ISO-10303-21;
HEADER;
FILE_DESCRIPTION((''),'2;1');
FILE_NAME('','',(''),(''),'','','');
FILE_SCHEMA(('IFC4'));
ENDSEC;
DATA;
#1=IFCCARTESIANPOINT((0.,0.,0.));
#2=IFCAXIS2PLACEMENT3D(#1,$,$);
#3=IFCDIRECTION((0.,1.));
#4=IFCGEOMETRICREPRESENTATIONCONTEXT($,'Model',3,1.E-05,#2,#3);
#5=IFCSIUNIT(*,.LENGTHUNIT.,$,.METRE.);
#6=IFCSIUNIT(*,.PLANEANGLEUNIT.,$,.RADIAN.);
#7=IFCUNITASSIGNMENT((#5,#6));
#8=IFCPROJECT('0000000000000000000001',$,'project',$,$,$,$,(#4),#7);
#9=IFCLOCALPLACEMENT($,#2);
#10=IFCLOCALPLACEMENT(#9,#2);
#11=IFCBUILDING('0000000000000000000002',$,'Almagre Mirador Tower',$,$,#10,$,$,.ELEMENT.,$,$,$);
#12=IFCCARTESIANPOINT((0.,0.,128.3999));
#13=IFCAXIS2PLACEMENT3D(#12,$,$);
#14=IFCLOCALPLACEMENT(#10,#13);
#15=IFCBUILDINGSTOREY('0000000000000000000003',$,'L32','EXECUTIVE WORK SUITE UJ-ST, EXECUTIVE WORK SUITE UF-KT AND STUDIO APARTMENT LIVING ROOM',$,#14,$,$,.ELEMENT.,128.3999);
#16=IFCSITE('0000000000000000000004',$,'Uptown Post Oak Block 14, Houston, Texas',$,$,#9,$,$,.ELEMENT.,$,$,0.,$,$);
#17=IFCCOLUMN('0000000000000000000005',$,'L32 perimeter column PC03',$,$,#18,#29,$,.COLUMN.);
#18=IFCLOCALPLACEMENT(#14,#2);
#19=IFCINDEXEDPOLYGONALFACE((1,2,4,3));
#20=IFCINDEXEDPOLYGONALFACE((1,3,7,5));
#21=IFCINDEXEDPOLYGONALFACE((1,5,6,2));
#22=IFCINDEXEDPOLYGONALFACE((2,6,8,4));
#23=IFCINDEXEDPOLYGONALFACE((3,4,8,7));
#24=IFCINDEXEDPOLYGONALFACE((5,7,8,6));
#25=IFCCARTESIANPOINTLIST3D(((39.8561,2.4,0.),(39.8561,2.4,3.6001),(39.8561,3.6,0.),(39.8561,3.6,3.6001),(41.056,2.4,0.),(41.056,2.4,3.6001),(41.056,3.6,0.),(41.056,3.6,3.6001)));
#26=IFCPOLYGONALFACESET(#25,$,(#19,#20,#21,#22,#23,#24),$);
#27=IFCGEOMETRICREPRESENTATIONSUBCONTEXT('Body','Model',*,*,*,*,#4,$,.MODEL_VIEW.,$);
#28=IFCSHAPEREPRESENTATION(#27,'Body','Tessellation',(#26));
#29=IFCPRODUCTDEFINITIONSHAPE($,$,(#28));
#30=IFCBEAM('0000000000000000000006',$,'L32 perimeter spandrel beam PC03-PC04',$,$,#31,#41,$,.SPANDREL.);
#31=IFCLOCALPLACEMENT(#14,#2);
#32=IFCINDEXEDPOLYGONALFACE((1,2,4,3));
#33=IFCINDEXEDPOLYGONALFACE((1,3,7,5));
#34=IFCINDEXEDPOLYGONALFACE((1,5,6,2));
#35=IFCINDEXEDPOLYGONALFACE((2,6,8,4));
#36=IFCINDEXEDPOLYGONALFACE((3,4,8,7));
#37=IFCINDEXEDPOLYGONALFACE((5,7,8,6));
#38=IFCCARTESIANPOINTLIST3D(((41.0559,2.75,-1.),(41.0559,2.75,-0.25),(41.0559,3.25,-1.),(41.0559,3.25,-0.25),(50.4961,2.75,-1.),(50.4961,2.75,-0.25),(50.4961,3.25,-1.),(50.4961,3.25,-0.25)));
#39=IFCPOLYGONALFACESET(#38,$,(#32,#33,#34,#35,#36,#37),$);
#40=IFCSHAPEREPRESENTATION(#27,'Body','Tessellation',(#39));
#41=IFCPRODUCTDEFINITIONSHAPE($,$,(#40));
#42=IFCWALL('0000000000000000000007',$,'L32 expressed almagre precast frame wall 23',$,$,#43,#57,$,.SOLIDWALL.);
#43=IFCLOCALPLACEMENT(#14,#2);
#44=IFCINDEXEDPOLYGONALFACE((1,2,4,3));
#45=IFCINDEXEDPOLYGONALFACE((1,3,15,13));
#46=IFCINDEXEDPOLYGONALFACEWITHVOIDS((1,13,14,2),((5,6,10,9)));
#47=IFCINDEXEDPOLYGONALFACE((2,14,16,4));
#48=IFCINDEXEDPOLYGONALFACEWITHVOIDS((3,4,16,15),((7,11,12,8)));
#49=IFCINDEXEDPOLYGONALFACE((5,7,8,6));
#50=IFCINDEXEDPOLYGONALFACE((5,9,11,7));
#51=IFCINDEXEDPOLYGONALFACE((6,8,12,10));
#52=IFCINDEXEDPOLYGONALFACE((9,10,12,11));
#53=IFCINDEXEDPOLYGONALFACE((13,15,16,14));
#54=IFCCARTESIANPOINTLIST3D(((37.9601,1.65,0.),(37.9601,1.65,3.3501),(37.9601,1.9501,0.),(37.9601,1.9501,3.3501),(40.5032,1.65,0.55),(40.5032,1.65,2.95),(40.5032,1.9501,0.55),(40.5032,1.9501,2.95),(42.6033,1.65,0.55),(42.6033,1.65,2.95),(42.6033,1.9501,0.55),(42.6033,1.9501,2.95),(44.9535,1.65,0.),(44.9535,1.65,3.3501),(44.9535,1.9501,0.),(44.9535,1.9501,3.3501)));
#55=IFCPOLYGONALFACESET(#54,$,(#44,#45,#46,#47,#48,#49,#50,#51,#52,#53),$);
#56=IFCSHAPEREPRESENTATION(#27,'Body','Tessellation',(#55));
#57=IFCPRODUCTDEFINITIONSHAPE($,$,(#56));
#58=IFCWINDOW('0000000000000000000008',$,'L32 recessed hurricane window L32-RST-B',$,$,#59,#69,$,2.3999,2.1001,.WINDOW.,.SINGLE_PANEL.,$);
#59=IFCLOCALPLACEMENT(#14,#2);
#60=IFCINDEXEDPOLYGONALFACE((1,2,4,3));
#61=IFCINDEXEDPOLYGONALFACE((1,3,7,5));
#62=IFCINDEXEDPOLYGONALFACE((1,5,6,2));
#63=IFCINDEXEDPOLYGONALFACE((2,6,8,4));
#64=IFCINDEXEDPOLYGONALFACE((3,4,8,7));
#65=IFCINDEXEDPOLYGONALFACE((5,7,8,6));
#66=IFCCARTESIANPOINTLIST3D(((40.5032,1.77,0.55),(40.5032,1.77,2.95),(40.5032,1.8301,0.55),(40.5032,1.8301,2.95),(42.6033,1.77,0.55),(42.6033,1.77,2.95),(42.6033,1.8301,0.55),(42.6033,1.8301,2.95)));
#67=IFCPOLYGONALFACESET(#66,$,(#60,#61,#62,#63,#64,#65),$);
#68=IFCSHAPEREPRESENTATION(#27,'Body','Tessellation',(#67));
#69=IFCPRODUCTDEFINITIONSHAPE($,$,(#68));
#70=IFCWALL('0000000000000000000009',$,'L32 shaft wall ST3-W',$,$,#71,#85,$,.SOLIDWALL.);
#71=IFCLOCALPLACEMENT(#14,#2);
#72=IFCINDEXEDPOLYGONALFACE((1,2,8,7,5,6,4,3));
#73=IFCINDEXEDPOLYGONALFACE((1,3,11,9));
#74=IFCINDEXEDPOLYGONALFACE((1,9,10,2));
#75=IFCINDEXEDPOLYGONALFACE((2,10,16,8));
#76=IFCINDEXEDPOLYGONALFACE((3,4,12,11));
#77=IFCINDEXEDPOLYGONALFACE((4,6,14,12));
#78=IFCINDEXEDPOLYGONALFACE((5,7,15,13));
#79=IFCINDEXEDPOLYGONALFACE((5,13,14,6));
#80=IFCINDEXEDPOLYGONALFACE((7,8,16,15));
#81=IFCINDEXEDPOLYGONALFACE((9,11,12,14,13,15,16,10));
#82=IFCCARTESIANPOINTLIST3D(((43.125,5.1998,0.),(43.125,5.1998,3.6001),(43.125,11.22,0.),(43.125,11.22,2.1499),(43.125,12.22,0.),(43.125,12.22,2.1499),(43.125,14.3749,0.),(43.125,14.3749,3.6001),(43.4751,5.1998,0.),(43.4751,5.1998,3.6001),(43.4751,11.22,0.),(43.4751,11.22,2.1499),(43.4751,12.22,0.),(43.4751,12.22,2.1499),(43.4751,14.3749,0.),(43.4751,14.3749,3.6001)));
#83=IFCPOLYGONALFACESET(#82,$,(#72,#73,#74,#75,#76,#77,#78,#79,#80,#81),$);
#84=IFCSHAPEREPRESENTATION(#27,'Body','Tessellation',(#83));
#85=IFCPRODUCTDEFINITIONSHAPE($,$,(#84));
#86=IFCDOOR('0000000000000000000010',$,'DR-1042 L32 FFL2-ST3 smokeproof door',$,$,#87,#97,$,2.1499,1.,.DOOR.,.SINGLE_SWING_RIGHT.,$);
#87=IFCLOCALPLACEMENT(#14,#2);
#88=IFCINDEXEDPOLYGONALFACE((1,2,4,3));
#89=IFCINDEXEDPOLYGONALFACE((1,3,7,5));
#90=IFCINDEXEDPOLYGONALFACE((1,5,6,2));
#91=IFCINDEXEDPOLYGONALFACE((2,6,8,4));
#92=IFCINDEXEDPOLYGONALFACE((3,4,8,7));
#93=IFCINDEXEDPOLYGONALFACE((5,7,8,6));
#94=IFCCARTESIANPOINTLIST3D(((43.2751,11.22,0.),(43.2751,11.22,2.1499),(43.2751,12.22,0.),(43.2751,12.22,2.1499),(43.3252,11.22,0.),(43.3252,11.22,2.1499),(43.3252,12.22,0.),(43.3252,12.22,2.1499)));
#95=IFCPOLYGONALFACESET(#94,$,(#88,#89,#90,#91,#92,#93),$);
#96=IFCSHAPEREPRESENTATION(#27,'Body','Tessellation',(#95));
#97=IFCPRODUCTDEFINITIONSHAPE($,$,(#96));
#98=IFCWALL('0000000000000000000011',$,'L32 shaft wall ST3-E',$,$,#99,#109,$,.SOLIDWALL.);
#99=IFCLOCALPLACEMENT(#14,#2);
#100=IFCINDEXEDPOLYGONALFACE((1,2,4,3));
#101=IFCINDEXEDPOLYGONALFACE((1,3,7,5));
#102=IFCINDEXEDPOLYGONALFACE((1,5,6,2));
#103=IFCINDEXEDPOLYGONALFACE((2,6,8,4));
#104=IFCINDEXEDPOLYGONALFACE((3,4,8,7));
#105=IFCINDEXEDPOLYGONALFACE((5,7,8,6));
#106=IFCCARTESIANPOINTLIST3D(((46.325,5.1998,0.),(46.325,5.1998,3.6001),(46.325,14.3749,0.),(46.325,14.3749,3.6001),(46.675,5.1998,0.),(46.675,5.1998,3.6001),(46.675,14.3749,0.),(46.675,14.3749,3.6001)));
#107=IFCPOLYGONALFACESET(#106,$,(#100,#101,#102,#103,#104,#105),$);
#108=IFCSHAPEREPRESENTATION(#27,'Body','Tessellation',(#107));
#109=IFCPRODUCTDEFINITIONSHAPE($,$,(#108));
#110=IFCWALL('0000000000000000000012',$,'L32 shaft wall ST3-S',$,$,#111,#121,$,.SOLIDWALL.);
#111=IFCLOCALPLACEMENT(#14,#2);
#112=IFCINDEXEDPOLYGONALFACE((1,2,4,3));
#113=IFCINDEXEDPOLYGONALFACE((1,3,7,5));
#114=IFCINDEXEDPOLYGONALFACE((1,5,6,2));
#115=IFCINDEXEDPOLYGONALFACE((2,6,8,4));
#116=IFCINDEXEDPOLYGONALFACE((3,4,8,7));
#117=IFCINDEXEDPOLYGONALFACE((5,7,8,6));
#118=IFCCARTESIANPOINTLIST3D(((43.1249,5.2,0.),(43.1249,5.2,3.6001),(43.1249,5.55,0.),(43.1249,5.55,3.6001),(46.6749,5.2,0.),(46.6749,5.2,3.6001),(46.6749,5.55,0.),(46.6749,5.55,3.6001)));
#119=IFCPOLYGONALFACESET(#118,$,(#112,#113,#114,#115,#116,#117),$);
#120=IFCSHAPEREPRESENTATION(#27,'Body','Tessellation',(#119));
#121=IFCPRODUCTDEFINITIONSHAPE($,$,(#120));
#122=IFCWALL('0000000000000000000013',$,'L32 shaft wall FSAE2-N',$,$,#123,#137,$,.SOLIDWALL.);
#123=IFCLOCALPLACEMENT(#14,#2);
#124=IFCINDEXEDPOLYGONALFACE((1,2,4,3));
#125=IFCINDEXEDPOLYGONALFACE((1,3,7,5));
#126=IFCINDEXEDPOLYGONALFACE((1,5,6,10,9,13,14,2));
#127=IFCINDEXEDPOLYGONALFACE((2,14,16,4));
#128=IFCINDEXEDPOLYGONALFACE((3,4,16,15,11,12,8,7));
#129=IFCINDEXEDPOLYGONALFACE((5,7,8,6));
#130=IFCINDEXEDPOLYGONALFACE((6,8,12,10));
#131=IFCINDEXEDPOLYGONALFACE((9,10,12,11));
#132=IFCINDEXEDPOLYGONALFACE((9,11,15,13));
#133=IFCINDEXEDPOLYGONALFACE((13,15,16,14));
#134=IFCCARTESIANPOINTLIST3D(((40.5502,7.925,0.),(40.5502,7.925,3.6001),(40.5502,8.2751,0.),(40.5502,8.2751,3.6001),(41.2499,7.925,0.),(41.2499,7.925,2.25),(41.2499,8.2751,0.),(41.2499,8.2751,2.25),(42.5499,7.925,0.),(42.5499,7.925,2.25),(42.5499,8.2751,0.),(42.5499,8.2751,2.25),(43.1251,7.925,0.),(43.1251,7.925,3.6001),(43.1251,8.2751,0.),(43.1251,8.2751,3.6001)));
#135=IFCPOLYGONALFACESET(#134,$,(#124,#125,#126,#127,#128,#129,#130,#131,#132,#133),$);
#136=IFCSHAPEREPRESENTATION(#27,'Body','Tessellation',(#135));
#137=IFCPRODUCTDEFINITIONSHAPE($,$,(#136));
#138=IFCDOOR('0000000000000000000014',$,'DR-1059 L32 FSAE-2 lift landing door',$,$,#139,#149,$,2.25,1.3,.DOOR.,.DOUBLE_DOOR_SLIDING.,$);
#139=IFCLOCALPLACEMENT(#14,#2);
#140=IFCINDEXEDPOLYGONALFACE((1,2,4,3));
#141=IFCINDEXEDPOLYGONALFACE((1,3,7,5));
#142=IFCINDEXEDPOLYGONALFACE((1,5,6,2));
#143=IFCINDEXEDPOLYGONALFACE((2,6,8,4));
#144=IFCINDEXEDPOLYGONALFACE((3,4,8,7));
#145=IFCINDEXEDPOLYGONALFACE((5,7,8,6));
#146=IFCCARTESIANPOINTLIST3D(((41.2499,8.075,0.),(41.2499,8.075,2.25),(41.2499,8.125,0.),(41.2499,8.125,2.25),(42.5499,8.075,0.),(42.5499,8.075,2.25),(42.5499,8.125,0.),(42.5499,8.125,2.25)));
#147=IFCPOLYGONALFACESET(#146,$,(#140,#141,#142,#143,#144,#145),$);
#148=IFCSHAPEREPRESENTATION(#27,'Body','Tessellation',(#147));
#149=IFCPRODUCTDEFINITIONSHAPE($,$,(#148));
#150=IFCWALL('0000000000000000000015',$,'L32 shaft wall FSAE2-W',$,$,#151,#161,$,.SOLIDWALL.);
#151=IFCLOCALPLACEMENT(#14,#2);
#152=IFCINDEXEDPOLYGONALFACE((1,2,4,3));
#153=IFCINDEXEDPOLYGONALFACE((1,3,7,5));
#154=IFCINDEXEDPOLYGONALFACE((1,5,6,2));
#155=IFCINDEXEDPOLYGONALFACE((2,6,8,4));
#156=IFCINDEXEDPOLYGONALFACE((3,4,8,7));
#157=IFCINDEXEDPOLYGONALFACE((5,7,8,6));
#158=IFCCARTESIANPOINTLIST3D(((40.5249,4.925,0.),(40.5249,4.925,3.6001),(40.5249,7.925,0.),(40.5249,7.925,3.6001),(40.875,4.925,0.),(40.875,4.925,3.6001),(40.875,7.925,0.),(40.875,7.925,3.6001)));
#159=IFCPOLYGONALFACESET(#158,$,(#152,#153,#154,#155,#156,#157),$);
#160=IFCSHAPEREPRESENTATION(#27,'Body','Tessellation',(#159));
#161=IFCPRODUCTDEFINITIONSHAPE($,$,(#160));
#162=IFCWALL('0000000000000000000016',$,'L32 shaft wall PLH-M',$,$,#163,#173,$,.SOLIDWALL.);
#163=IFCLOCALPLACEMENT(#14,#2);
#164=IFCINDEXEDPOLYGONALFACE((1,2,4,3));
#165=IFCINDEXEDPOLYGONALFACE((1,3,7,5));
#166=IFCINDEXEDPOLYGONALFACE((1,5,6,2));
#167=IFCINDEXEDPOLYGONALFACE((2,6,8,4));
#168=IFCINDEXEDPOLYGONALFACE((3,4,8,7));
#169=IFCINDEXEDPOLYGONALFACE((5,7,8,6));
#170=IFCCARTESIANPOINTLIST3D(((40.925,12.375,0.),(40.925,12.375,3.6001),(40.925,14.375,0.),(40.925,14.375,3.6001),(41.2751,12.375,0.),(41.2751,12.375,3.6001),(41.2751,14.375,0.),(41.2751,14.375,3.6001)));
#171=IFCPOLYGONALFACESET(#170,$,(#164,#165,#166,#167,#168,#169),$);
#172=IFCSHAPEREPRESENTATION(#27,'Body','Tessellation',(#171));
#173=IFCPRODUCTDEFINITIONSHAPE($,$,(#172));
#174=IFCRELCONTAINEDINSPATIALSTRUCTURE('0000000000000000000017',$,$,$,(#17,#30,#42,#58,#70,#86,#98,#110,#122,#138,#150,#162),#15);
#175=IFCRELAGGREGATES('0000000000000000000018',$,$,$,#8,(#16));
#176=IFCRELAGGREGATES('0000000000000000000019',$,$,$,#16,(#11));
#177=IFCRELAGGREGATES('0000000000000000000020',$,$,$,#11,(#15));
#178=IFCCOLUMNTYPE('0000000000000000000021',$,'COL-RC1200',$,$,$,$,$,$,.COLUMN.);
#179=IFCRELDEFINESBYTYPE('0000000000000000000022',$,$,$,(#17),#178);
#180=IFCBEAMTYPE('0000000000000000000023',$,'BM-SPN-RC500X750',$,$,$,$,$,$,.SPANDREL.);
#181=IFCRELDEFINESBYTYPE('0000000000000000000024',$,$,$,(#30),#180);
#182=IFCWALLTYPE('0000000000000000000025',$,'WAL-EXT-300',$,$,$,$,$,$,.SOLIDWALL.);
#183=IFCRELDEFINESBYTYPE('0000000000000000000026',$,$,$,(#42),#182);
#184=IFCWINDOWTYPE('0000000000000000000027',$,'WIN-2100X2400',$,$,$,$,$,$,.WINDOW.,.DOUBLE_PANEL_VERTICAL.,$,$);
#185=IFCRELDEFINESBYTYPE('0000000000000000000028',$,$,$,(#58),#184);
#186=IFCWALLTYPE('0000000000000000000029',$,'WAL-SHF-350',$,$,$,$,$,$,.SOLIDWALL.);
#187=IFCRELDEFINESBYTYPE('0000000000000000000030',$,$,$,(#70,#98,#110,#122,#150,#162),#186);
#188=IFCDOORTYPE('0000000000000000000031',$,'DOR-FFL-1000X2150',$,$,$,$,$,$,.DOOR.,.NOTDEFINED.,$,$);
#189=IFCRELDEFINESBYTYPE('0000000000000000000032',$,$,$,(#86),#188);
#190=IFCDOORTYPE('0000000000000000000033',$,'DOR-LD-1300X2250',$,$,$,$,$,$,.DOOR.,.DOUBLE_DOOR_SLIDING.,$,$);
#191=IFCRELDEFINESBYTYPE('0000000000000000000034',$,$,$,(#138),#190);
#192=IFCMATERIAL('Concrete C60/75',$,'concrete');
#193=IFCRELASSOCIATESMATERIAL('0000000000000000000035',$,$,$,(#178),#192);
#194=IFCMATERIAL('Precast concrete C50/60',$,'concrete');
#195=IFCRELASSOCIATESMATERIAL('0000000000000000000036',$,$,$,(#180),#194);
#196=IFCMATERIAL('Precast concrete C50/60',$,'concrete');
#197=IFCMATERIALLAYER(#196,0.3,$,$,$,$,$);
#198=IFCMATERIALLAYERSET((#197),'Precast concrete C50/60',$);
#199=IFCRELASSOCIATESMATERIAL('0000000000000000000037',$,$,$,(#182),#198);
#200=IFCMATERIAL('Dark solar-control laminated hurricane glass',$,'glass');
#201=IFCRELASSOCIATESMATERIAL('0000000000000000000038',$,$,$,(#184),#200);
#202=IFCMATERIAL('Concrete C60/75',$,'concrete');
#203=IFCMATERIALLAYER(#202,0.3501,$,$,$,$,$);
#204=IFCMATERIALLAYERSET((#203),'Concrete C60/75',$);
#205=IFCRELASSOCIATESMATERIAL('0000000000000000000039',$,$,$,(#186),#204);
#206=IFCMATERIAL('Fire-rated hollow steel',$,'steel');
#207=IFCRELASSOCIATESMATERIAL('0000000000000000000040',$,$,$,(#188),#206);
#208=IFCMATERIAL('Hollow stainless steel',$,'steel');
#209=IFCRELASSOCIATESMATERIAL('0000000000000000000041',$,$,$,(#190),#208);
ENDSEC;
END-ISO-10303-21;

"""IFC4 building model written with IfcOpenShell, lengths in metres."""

from ifc_helpers import new_model, si_unit, direction, frame, frame_2d, origin, origin_2d, place, context, subcontext, project, spatial, rectangle, extrude, material, layer, layer_set, material_profile, profile_set, type_object, element, fill, save


model = new_model("IFC4")

# Units and contexts
model_context = context("Model", 3, precision=1e-05, world=origin(), true_north=direction((0.0, 1.0)))
body_context = subcontext(model_context, "Body", "Model", "MODEL_VIEW")
ifc_project = project(units=[si_unit("LENGTHUNIT", "METRE"), si_unit("PLANEANGLEUNIT", "RADIAN")], contexts=[model_context])

# Site, building, storey
site_placement = place(None, origin())
site = spatial("IfcSite", under=ifc_project, at=site_placement, Name="Uptown Post Oak Block 14, Houston, Texas", CompositionType="ELEMENT", RefElevation=0.0)
building_placement = place(site_placement, origin())
building = spatial("IfcBuilding", under=site, at=building_placement, Name="Almagre Mirador Tower", CompositionType="ELEMENT")
storey_placement = place(building_placement, frame((0.0, 0.0, 128.3999)))
storey = spatial("IfcBuildingStorey", under=building, at=storey_placement, Name="L32", Description="EXECUTIVE WORK SUITE UJ-ST, EXECUTIVE WORK SUITE UF-KT AND STUDIO APARTMENT LIVING ROOM", CompositionType="ELEMENT", Elevation=128.3999)

# Column
ifc_material_1 = material(Name="Concrete C60/75", Category="concrete")
ifc_material_profile_1 = material_profile(ifc_material_1, rectangle(XDim=1.2, YDim=1.2, at=origin_2d()), Name="RC1200X1200")
ifc_profile_set_1 = profile_set([ifc_material_profile_1], Name="Concrete C60/75")
column_type = type_object("IfcColumnType", Name="COL-RC1200", PredefinedType="COLUMN", material=ifc_profile_set_1)
column_placement = place(storey_placement, frame((40.4561, 3.0, 0.0), z_axis=(0.0, 0.0, 1.0), x_axis=(1.0, 0.0, 0.0)))
element("IfcColumn", 1, at=column_placement, inside=storey, type_object=column_type, Name="L32 perimeter column PC03", PredefinedType="COLUMN", context=body_context, shape_type="SweptSolid", body=[
    extrude(rectangle(XDim=1.2, YDim=1.2, at=origin_2d()), origin(), (0.0, 0.0, 1.0), 3.6001),
])

# Beam
ifc_material_2 = material(Name="Precast concrete C50/60", Category="concrete")
ifc_material_profile_2 = material_profile(ifc_material_2, rectangle(XDim=0.5, YDim=0.75, at=origin_2d()), Name="RC500X750")
ifc_profile_set_2 = profile_set([ifc_material_profile_2], Name="Precast concrete C50/60")
beam_type = type_object("IfcBeamType", Name="BM-SPN-RC500X750", PredefinedType="SPANDREL", material=ifc_profile_set_2)
beam_placement = place(storey_placement, frame((41.0559, 3.0, -0.625), z_axis=(1.0, 0.0, 0.0), x_axis=(0.0, 1.0, 0.0)))
element("IfcBeam", 2, at=beam_placement, inside=storey, type_object=beam_type, Name="L32 perimeter spandrel beam PC03-PC04", PredefinedType="SPANDREL", context=body_context, shape_type="SweptSolid", body=[
    extrude(rectangle(XDim=0.5, YDim=0.75, at=origin_2d()), origin(), (0.0, 0.0, 1.0), 9.4402),
])

# Wall, opening, window
ifc_material_3 = material(Name="Precast concrete C50/60", Category="concrete")
ifc_layer_1 = layer(ifc_material_3, 0.3)
ifc_layer_set_1 = layer_set([ifc_layer_1], Name="Precast concrete C50/60")
wall_type_1 = type_object("IfcWallType", Name="WAL-EXT-300", PredefinedType="SOLIDWALL", material=ifc_layer_set_1)
wall_1_placement = place(storey_placement, frame((44.9534, 1.8, 0.0), z_axis=(0.0, 0.0, 1.0), x_axis=(-1.0, 0.0, 0.0)))
wall_1 = element("IfcWall", 3, at=wall_1_placement, inside=storey, type_object=wall_type_1, Name="L32 expressed almagre precast frame wall 23", PredefinedType="SOLIDWALL", context=body_context, shape_type="SweptSolid", body=[
    extrude(rectangle(XDim=6.9934, YDim=0.3, at=frame_2d((3.4966, 0.0))), origin(), (0.0, 0.0, 1.0), 3.3501),
])
opening_1_placement = place(wall_1_placement, frame((2.3501, 0.0, 0.55)))
opening_1 = element("IfcOpeningElement", 4, at=opening_1_placement, cuts=wall_1, PredefinedType="OPENING", context=body_context, shape_type="SweptSolid", body=[
    extrude(rectangle(XDim=2.1001, YDim=2.3999, at=frame_2d((1.05, 1.2))), frame((0.0, 0.1599, 0.0), z_axis=(0.0, -1.0, 0.0), x_axis=(1.0, 0.0, 0.0)), (0.0, 0.0, 1.0), 0.32),
])
ifc_material_4 = material(Name="Dark solar-control laminated hurricane glass", Category="glass")
window_type = type_object("IfcWindowType", Name="WIN-2100X2400", PartitioningType="DOUBLE_PANEL_VERTICAL", PredefinedType="WINDOW", material=ifc_material_4)
window_placement = place(opening_1_placement, origin())
window = element("IfcWindow", 5, at=window_placement, inside=storey, type_object=window_type, Name="L32 recessed hurricane window L32-RST-B", OverallHeight=2.3999, OverallWidth=2.1001, PartitioningType="SINGLE_PANEL", PredefinedType="WINDOW", context=body_context, shape_type="SweptSolid", body=[
    extrude(rectangle(XDim=2.1001, YDim=2.3999, at=frame_2d((1.05, 1.2))), frame((0.0, 0.03, 0.0), z_axis=(0.0, -1.0, 0.0), x_axis=(1.0, 0.0, 0.0)), (0.0, 0.0, 1.0), 0.0601),
])
fill(opening_1, window)

# Wall, opening, door
ifc_material_5 = material(Name="Concrete C60/75", Category="concrete")
ifc_layer_2 = layer(ifc_material_5, 0.3501)
ifc_layer_set_2 = layer_set([ifc_layer_2], Name="Concrete C60/75")
wall_type_2 = type_object("IfcWallType", Name="WAL-SHF-350", PredefinedType="SOLIDWALL", material=ifc_layer_set_2)
wall_2_placement = place(storey_placement, frame((43.3, 5.2, 0.0), z_axis=(0.0, 0.0, 1.0), x_axis=(0.0, 1.0, 0.0)))
wall_2 = element("IfcWall", 6, at=wall_2_placement, inside=storey, type_object=wall_type_2, Name="L32 shaft wall ST3-W", PredefinedType="SOLIDWALL", context=body_context, shape_type="SweptSolid", body=[
    extrude(rectangle(XDim=9.175, YDim=0.3501, at=frame_2d((4.5874, 0.0))), origin(), (0.0, 0.0, 1.0), 3.6001),
])
opening_2_placement = place(wall_2_placement, frame((6.02, 0.0, 0.0)))
opening_2 = element("IfcOpeningElement", 7, at=opening_2_placement, cuts=wall_2, PredefinedType="OPENING", context=body_context, shape_type="SweptSolid", body=[
    extrude(rectangle(XDim=1.0, YDim=2.1499, at=frame_2d((0.5, 1.075))), frame((0.0, 0.185, 0.0), z_axis=(0.0, -1.0, 0.0), x_axis=(1.0, 0.0, 0.0)), (0.0, 0.0, 1.0), 0.3701),
])
ifc_material_6 = material(Name="Fire-rated hollow steel", Category="steel")
door_type_1 = type_object("IfcDoorType", Name="DOR-FFL-1000X2150", OperationType="NOTDEFINED", PredefinedType="DOOR", material=ifc_material_6)
door_1_placement = place(opening_2_placement, origin())
door_1 = element("IfcDoor", 8, at=door_1_placement, inside=storey, type_object=door_type_1, Name="DR-1042 L32 FFL2-ST3 smokeproof door", OperationType="SINGLE_SWING_RIGHT", OverallHeight=2.1499, OverallWidth=1.0, PredefinedType="DOOR", context=body_context, shape_type="SweptSolid", body=[
    extrude(rectangle(XDim=1.0, YDim=2.1499, at=frame_2d((0.5, 1.075))), frame((0.0, 0.0249, 0.0), z_axis=(0.0, -1.0, 0.0), x_axis=(1.0, 0.0, 0.0)), (0.0, 0.0, 1.0), 0.05),
])
fill(opening_2, door_1)

# Walls
wall_3_placement = place(storey_placement, frame((46.5, 5.2, 0.0), z_axis=(0.0, 0.0, 1.0), x_axis=(0.0, 1.0, 0.0)))
element("IfcWall", 9, at=wall_3_placement, inside=storey, type_object=wall_type_2, Name="L32 shaft wall ST3-E", PredefinedType="SOLIDWALL", context=body_context, shape_type="SweptSolid", body=[
    extrude(rectangle(XDim=9.175, YDim=0.3501, at=frame_2d((4.5874, 0.0))), origin(), (0.0, 0.0, 1.0), 3.6001),
])
wall_4_placement = place(storey_placement, frame((43.125, 5.375, 0.0), z_axis=(0.0, 0.0, 1.0), x_axis=(1.0, 0.0, 0.0)))
element("IfcWall", 10, at=wall_4_placement, inside=storey, type_object=wall_type_2, Name="L32 shaft wall ST3-S", PredefinedType="SOLIDWALL", context=body_context, shape_type="SweptSolid", body=[
    extrude(rectangle(XDim=3.55, YDim=0.3501, at=frame_2d((1.7749, 0.0))), origin(), (0.0, 0.0, 1.0), 3.6001),
])

# Wall, opening, door
wall_5_placement = place(storey_placement, frame((40.55, 8.1001, 0.0), z_axis=(0.0, 0.0, 1.0), x_axis=(1.0, 0.0, 0.0)))
wall_5 = element("IfcWall", 11, at=wall_5_placement, inside=storey, type_object=wall_type_2, Name="L32 shaft wall FSAE2-N", PredefinedType="SOLIDWALL", context=body_context, shape_type="SweptSolid", body=[
    extrude(rectangle(XDim=2.575, YDim=0.3501, at=frame_2d((1.2876, 0.0))), origin(), (0.0, 0.0, 1.0), 3.6001),
])
opening_3_placement = place(wall_5_placement, frame((0.7, 0.0, 0.0)))
opening_3 = element("IfcOpeningElement", 12, at=opening_3_placement, cuts=wall_5, PredefinedType="OPENING", context=body_context, shape_type="SweptSolid", body=[
    extrude(rectangle(XDim=1.3, YDim=2.25, at=frame_2d((0.6499, 1.125))), frame((0.0, 0.185, 0.0), z_axis=(0.0, -1.0, 0.0), x_axis=(1.0, 0.0, 0.0)), (0.0, 0.0, 1.0), 0.3701),
])
ifc_material_7 = material(Name="Hollow stainless steel", Category="steel")
door_type_2 = type_object("IfcDoorType", Name="DOR-LD-1300X2250", OperationType="DOUBLE_DOOR_SLIDING", PredefinedType="DOOR", material=ifc_material_7)
door_2_placement = place(opening_3_placement, origin())
door_2 = element("IfcDoor", 13, at=door_2_placement, inside=storey, type_object=door_type_2, Name="DR-1059 L32 FSAE-2 lift landing door", OperationType="DOUBLE_DOOR_SLIDING", OverallHeight=2.25, OverallWidth=1.3, PredefinedType="DOOR", context=body_context, shape_type="SweptSolid", body=[
    extrude(rectangle(XDim=1.3, YDim=2.25, at=frame_2d((0.6499, 1.125))), frame((0.0, 0.0249, 0.0), z_axis=(0.0, -1.0, 0.0), x_axis=(1.0, 0.0, 0.0)), (0.0, 0.0, 1.0), 0.05),
])
fill(opening_3, door_2)

# Walls
wall_6_placement = place(storey_placement, frame((40.7, 4.925, 0.0), z_axis=(0.0, 0.0, 1.0), x_axis=(0.0, 1.0, 0.0)))
element("IfcWall", 14, at=wall_6_placement, inside=storey, type_object=wall_type_2, Name="L32 shaft wall FSAE2-W", PredefinedType="SOLIDWALL", context=body_context, shape_type="SweptSolid", body=[
    extrude(rectangle(XDim=3.0, YDim=0.3501, at=frame_2d((1.5, 0.0))), origin(), (0.0, 0.0, 1.0), 3.6001),
])
wall_7_placement = place(storey_placement, frame((41.1001, 12.375, 0.0), z_axis=(0.0, 0.0, 1.0), x_axis=(0.0, 1.0, 0.0)))
element("IfcWall", 15, at=wall_7_placement, inside=storey, type_object=wall_type_2, Name="L32 shaft wall PLH-M", PredefinedType="SOLIDWALL", context=body_context, shape_type="SweptSolid", body=[
    extrude(rectangle(XDim=2.0, YDim=0.3501, at=frame_2d((1.0, 0.0))), origin(), (0.0, 0.0, 1.0), 3.6001),
])

save(model, "model.ifc")
